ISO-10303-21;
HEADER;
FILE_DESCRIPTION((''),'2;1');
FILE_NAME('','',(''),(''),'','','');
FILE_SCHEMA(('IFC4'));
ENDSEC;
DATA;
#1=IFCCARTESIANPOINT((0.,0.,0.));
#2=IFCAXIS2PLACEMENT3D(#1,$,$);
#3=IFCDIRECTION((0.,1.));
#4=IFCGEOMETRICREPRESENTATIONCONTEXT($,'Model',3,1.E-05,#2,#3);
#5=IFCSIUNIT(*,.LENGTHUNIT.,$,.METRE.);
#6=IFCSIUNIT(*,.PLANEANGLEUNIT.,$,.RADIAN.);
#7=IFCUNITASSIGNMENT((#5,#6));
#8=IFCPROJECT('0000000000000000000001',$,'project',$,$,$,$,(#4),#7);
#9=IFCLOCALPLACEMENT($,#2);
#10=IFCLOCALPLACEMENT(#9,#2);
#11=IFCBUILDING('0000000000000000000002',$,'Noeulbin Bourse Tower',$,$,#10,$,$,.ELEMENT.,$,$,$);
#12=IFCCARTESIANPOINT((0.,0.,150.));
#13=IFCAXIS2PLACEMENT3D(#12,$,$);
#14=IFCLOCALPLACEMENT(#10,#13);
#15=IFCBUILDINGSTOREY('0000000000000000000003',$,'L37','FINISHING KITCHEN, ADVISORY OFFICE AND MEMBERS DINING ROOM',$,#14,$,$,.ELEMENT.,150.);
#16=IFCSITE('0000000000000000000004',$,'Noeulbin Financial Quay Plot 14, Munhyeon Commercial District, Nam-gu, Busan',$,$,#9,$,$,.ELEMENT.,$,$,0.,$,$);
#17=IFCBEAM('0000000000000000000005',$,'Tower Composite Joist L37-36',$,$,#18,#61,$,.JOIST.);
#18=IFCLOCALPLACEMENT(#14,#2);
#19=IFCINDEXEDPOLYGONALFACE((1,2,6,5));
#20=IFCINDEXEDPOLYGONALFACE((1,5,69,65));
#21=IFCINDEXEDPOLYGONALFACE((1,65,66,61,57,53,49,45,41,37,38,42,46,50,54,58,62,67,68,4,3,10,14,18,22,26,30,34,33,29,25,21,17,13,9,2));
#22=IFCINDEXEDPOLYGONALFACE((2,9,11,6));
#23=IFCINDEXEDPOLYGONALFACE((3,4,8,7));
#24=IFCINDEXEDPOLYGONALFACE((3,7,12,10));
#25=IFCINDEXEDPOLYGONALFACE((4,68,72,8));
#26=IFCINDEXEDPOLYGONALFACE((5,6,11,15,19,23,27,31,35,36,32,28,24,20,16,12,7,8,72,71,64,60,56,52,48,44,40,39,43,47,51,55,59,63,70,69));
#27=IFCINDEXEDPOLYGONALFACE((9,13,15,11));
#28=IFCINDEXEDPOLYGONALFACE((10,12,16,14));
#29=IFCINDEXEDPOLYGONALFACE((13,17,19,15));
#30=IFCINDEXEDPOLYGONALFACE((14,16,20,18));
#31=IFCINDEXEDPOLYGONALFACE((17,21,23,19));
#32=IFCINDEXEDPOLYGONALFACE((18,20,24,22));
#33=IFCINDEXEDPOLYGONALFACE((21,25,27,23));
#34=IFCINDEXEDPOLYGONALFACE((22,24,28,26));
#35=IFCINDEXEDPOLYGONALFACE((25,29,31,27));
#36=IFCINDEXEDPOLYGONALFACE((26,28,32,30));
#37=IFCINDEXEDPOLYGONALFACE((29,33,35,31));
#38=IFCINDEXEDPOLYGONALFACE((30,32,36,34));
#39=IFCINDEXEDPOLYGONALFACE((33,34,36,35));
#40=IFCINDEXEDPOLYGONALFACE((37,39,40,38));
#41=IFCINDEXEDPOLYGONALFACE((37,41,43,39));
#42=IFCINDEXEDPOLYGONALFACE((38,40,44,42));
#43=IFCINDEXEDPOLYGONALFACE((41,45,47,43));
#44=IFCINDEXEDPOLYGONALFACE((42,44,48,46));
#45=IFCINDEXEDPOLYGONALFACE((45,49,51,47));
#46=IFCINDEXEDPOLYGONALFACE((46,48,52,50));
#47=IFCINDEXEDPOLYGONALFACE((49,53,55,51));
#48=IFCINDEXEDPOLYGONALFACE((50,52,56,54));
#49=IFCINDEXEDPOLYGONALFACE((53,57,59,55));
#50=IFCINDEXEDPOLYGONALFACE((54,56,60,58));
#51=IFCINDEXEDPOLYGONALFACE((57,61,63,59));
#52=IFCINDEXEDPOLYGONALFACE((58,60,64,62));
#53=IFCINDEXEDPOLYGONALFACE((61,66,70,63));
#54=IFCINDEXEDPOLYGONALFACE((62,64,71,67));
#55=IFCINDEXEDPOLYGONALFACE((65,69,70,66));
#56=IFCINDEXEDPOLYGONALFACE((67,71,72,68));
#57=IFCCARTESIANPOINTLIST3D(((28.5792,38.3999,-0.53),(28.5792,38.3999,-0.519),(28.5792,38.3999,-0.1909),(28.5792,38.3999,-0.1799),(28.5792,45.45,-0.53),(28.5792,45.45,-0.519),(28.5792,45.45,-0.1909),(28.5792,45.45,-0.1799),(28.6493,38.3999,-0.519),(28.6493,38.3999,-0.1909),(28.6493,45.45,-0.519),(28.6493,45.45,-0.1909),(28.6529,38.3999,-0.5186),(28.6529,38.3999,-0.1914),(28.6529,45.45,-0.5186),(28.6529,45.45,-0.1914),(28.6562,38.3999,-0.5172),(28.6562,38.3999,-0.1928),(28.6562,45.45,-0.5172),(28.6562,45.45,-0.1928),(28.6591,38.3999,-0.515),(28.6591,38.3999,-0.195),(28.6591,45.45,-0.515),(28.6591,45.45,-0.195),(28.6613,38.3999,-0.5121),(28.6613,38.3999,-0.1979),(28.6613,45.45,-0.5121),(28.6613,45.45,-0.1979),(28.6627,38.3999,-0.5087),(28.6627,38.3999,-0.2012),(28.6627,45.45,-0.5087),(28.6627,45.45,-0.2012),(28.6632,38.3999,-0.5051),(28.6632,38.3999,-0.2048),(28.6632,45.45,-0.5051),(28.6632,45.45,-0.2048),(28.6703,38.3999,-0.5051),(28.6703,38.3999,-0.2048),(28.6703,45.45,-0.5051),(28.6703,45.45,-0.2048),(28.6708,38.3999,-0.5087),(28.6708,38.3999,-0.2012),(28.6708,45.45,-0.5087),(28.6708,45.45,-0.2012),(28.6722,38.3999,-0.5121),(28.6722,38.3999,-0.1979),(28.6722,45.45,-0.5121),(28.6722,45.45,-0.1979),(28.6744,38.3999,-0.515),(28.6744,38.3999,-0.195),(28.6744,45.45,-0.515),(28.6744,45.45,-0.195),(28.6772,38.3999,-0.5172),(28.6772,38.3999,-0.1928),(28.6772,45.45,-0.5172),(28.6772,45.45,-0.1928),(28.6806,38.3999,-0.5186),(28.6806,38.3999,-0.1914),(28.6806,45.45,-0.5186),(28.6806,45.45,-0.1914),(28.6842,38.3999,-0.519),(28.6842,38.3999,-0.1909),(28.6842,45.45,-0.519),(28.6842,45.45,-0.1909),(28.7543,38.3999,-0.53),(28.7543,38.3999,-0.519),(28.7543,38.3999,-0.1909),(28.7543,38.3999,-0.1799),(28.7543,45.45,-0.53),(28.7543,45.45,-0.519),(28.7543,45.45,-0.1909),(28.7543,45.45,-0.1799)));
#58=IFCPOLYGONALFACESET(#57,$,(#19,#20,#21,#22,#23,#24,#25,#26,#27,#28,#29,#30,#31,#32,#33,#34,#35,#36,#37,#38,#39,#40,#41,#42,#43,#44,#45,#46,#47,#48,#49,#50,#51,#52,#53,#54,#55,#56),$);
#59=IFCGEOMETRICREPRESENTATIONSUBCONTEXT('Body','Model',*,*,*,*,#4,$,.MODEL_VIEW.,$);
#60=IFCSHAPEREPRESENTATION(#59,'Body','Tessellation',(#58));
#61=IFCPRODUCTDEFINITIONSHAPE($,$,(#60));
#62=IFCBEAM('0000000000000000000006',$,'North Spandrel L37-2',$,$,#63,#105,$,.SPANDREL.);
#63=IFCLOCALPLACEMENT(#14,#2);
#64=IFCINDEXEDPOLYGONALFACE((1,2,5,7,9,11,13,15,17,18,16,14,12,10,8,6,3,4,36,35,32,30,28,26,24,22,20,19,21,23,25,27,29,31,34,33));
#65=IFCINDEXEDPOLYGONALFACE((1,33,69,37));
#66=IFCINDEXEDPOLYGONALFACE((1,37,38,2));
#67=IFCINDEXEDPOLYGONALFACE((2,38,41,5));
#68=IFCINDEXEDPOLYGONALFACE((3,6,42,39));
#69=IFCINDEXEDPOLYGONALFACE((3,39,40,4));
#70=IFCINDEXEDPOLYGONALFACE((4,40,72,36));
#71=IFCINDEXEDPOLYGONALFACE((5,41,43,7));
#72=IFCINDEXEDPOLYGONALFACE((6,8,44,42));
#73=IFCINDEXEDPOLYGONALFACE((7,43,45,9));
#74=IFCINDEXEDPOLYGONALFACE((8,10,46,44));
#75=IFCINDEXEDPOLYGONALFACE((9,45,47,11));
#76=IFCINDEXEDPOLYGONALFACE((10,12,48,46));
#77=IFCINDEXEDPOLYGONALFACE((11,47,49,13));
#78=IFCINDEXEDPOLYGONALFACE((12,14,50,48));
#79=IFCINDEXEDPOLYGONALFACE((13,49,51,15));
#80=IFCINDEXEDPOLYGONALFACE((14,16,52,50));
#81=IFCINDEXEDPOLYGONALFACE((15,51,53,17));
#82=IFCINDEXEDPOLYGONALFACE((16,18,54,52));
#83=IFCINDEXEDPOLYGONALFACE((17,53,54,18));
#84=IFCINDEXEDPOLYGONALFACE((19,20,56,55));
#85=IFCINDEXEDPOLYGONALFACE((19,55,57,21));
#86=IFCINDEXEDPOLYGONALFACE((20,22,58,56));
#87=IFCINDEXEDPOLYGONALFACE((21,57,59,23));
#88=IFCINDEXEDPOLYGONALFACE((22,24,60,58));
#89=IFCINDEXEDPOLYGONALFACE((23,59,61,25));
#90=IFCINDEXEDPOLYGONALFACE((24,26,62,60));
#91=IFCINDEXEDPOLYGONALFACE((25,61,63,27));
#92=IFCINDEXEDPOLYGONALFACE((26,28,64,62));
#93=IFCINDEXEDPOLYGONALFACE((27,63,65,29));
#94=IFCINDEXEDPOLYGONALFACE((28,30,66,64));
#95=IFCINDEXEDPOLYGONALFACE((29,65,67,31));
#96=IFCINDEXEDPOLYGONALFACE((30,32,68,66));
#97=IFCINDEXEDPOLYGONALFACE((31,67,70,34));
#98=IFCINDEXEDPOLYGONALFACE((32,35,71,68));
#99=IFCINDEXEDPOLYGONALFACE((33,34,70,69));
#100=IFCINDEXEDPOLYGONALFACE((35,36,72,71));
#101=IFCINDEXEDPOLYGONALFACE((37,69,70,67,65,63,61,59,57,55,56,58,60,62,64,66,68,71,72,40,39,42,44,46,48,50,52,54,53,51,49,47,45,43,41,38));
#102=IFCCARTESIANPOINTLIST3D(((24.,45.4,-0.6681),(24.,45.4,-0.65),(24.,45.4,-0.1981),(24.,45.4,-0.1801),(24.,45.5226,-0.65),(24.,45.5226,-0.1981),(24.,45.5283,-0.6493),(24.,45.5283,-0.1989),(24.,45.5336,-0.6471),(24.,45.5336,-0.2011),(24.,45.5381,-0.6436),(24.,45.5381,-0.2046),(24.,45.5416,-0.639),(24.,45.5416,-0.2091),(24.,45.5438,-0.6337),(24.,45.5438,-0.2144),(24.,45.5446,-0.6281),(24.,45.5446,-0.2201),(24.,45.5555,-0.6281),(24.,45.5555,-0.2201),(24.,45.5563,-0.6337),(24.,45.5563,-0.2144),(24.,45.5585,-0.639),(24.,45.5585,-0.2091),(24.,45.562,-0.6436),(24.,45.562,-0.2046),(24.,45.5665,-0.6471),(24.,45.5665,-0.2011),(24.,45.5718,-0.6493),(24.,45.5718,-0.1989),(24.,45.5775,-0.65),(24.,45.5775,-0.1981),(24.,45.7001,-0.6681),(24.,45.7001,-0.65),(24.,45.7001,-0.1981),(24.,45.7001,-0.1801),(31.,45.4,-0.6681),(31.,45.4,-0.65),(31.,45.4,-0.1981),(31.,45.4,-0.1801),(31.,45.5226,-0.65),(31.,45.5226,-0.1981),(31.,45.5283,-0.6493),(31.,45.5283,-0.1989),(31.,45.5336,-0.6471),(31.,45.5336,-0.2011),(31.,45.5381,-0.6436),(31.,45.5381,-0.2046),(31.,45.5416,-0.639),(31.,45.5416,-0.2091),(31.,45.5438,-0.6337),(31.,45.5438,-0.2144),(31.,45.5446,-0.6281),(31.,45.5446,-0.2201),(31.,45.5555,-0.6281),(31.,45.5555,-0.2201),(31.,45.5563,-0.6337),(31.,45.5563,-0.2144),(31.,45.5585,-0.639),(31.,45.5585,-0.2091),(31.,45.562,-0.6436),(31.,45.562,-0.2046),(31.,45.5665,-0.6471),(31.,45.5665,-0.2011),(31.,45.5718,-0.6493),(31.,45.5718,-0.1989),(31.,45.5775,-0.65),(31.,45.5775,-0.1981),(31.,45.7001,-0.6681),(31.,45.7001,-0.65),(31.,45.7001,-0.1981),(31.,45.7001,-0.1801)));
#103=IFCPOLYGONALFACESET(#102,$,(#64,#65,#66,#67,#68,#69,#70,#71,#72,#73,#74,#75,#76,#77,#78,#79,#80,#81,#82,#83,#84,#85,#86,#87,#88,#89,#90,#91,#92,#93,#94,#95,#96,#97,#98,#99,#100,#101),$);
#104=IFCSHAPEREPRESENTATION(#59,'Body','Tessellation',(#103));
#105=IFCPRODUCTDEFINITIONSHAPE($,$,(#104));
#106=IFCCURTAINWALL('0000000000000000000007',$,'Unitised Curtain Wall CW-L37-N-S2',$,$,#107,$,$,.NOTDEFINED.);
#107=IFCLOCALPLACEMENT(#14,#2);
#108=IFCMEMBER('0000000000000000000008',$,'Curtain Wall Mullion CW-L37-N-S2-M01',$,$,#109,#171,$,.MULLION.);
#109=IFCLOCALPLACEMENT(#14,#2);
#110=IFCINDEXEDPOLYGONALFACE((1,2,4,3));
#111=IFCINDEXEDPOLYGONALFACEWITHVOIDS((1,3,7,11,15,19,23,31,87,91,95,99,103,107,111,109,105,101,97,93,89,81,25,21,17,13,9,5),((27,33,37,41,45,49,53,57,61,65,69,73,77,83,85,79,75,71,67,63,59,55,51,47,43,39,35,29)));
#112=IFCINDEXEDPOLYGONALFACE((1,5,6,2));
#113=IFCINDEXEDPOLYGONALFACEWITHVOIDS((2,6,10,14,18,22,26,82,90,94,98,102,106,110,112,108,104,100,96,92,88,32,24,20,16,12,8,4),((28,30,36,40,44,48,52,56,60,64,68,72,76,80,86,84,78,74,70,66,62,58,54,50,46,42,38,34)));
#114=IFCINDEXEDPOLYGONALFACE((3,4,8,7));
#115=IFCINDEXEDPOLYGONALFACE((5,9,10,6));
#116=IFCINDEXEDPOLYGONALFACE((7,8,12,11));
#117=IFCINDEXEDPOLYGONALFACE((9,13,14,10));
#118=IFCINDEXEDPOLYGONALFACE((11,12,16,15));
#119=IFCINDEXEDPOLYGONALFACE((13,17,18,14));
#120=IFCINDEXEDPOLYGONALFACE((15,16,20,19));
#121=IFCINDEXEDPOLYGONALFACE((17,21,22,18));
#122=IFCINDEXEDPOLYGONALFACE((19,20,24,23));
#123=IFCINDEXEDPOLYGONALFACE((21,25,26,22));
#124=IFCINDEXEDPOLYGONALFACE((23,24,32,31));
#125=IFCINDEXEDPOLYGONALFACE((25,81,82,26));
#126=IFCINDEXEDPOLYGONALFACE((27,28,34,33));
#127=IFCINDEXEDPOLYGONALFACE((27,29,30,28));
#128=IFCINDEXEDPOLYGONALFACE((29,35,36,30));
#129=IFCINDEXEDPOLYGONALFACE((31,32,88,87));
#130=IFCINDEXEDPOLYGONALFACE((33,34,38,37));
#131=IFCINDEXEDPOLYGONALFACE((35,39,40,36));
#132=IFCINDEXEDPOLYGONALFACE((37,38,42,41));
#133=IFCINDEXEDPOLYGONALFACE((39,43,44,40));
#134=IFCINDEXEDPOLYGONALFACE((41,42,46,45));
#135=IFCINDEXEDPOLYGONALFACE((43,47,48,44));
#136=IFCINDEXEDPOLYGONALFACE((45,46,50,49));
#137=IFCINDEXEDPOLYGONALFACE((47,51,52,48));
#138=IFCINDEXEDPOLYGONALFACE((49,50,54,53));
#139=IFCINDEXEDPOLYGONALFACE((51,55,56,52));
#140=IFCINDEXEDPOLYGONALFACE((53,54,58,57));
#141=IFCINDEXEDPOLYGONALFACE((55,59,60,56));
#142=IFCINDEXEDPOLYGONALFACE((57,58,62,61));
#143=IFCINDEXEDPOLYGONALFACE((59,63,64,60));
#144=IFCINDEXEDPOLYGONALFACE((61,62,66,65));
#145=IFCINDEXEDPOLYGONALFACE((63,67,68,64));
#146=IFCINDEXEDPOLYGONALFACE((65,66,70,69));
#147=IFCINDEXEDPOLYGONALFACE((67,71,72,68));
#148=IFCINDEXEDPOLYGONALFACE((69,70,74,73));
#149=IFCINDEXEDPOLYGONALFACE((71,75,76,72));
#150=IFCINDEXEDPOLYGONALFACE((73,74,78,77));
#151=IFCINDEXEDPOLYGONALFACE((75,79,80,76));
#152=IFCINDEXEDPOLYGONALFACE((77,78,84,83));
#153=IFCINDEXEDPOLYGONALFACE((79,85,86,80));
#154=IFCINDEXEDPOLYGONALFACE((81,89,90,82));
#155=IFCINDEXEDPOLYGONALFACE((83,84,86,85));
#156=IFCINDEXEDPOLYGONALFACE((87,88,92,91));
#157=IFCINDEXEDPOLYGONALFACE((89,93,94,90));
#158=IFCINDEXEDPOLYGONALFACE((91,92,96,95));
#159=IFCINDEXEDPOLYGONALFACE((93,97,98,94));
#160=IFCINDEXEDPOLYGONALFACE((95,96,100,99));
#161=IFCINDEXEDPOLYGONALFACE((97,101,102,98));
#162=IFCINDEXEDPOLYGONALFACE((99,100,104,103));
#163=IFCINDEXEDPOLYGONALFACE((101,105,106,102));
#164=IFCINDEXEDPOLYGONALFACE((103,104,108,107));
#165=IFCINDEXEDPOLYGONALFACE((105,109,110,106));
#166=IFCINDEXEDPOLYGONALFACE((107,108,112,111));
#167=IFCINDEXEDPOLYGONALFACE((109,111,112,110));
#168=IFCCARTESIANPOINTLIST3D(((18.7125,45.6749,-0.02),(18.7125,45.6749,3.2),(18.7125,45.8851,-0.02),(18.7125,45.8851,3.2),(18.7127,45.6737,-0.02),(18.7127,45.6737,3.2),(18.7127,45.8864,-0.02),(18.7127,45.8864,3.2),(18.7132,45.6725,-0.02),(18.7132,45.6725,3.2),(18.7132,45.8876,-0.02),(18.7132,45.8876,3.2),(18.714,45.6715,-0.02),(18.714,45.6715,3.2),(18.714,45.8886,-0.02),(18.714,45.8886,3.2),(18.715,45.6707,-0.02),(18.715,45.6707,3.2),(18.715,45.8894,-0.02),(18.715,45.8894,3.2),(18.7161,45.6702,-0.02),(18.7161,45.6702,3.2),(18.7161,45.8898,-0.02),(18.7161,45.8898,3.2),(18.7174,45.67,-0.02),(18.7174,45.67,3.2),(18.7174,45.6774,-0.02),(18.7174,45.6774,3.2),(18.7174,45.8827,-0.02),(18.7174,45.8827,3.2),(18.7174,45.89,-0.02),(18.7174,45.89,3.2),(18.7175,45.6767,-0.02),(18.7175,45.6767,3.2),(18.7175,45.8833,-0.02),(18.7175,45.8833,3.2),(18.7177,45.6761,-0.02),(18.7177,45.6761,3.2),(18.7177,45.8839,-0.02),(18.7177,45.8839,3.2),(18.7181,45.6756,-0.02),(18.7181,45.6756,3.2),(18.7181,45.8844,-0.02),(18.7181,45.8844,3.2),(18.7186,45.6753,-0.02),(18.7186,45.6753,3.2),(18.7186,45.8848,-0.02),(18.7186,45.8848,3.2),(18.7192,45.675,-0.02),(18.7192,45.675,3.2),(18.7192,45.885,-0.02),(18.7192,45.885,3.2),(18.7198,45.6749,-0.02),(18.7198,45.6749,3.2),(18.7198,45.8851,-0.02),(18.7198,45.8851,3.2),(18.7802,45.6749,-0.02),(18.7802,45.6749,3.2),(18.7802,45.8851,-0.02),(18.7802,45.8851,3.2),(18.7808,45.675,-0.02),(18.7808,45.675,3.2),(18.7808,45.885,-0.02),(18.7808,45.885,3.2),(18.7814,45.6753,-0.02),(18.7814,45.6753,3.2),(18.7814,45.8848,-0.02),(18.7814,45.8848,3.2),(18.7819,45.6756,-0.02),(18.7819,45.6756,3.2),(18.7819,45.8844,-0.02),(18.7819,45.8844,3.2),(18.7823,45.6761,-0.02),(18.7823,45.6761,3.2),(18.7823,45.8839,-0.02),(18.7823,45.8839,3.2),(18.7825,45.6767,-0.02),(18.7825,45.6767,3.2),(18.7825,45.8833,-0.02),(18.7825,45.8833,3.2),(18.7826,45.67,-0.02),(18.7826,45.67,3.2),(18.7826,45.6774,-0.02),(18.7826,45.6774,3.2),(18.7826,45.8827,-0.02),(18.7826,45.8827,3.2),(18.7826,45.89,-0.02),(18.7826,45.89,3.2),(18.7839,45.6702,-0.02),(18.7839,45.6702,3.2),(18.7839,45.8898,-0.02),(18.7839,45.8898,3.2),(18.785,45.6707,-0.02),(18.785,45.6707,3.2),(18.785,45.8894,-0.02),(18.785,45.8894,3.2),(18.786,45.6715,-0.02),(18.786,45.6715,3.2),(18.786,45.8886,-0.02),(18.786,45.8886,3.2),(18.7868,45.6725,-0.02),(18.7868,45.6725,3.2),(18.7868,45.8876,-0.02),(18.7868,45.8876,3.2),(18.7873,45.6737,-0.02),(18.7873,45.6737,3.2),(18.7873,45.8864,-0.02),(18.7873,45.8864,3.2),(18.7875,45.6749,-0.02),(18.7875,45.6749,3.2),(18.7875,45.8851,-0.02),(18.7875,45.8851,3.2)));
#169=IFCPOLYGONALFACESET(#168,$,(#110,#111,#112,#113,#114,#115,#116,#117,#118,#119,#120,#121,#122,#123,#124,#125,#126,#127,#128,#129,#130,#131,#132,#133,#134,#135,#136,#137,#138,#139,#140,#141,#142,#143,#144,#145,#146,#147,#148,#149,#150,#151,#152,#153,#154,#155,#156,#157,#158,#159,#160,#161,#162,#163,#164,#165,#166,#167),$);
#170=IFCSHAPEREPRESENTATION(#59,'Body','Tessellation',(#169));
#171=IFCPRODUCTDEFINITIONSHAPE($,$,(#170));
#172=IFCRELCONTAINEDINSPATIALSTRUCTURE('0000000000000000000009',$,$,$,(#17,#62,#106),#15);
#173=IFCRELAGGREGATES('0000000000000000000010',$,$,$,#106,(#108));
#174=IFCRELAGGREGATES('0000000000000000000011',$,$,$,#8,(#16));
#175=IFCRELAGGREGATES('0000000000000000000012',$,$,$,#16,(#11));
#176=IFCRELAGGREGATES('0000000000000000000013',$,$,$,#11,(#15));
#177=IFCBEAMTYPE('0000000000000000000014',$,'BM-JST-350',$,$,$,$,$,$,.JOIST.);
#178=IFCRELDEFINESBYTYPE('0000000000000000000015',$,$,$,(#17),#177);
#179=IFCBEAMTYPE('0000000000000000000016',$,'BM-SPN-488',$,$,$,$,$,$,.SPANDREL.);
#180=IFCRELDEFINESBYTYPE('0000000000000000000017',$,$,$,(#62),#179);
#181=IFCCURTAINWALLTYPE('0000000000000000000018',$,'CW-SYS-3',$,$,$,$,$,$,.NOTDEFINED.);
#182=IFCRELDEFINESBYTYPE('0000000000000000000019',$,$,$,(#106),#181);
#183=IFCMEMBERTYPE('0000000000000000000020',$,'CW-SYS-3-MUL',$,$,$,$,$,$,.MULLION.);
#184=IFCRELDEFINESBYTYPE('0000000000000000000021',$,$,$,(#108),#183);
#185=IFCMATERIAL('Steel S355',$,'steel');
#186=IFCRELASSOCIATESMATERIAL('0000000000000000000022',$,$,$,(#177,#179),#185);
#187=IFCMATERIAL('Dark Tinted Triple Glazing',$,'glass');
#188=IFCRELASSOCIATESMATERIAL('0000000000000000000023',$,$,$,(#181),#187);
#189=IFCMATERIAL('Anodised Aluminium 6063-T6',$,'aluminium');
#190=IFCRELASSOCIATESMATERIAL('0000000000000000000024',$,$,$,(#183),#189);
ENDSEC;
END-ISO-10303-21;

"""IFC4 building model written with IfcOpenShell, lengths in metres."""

from ifc_helpers import new_model, si_unit, direction, frame, origin, origin_2d, place, context, subcontext, project, spatial, hollow_rectangle, i_section, extrude, material, material_profile, profile_set, type_object, element, aggregate, save


model = new_model("IFC4")

# Units and contexts
model_context = context("Model", 3, precision=1e-05, world=origin(), true_north=direction((0.0, 1.0)))
body_context = subcontext(model_context, "Body", "Model", "MODEL_VIEW")
ifc_project = project(units=[si_unit("LENGTHUNIT", "METRE"), si_unit("PLANEANGLEUNIT", "RADIAN")], contexts=[model_context])

# Site, building, storey
site_placement = place(None, origin())
site = spatial("IfcSite", under=ifc_project, at=site_placement, Name="Noeulbin Financial Quay Plot 14, Munhyeon Commercial District, Nam-gu, Busan", CompositionType="ELEMENT", RefElevation=0.0)
building_placement = place(site_placement, origin())
building = spatial("IfcBuilding", under=site, at=building_placement, Name="Noeulbin Bourse Tower", CompositionType="ELEMENT")
storey_placement = place(building_placement, frame((0.0, 0.0, 150.0)))
storey = spatial("IfcBuildingStorey", under=building, at=storey_placement, Name="L37", Description="FINISHING KITCHEN, ADVISORY OFFICE AND MEMBERS DINING ROOM", CompositionType="ELEMENT", Elevation=150.0)

# Shared definitions
ifc_material_1 = material(Name="Steel S355", Category="steel")

# Beams
ifc_material_profile_1 = material_profile(ifc_material_1, i_section(OverallWidth=0.175, OverallDepth=0.3501, WebThickness=0.0071, FlangeThickness=0.011, FilletRadius=0.0139, at=origin_2d()), Name="H-350x175x7x11", Category="LoadBearing")
ifc_profile_set_1 = profile_set([ifc_material_profile_1], Name="Steel S355")
beam_type_1 = type_object("IfcBeamType", Name="BM-JST-350", PredefinedType="JOIST", material=ifc_profile_set_1)
for number, where, z_axis, x_axis, name in (
    (1, (28.6667, 38.3999, -0.355), (0.0, 1.0, 0.0), (-1.0, 0.0, 0.0), "Tower Composite Joist L37-36"),
):
    element("IfcBeam", number, at=place(storey_placement, frame(where, z_axis=z_axis, x_axis=x_axis)), inside=storey, type_object=beam_type_1, Name=name, PredefinedType="JOIST", context=body_context, shape_type="SweptSolid", body=[
        extrude(i_section(OverallWidth=0.175, OverallDepth=0.3501, WebThickness=0.0071, FlangeThickness=0.011, FilletRadius=0.0139, at=origin_2d()), origin(), (0.0, 0.0, 1.0), 7.05),
    ])
ifc_material_profile_2 = material_profile(ifc_material_1, i_section(OverallWidth=0.3, OverallDepth=0.488, WebThickness=0.011, FlangeThickness=0.0181, FilletRadius=0.022, at=origin_2d()), Name="H-488x300x11x18", Category="LoadBearing")
ifc_profile_set_2 = profile_set([ifc_material_profile_2], Name="Steel S355")
beam_type_2 = type_object("IfcBeamType", Name="BM-SPN-488", PredefinedType="SPANDREL", material=ifc_profile_set_2)
beam_placement = place(storey_placement, frame((24.0, 45.55, -0.4241), z_axis=(1.0, 0.0, 0.0), x_axis=(0.0, 1.0, 0.0)))
element("IfcBeam", 2, at=beam_placement, inside=storey, type_object=beam_type_2, Name="North Spandrel L37-2", PredefinedType="SPANDREL", context=body_context, shape_type="SweptSolid", body=[
    extrude(i_section(OverallWidth=0.3, OverallDepth=0.488, WebThickness=0.011, FlangeThickness=0.0181, FilletRadius=0.022, at=origin_2d()), origin(), (0.0, 0.0, 1.0), 7.0),
])

# Curtain wall, member
ifc_material_2 = material(Name="Dark Tinted Triple Glazing", Category="glass")
curtain_wall_type = type_object("IfcCurtainWallType", Name="CW-SYS-3", PredefinedType="NOTDEFINED", material=ifc_material_2)
curtain_wall_1_placement = place(storey_placement, origin())
curtain_wall_1 = element("IfcCurtainWall", 3, at=curtain_wall_1_placement, inside=storey, type_object=curtain_wall_type, Name="Unitised Curtain Wall CW-L37-N-S2", PredefinedType="NOTDEFINED")
ifc_material_3 = material(Name="Anodised Aluminium 6063-T6", Category="aluminium")
ifc_material_profile_3 = material_profile(ifc_material_3, hollow_rectangle(XDim=0.075, YDim=0.22, WallThickness=0.0049, InnerFilletRadius=0.0024, OuterFilletRadius=0.0049, at=origin_2d()), Name="ALU-MULL-75x220x5", Category="LoadBearing")
ifc_profile_set_3 = profile_set([ifc_material_profile_3], Name="Anodised Aluminium 6063-T6")
member_type_1 = type_object("IfcMemberType", Name="CW-SYS-3-MUL", PredefinedType="MULLION", material=ifc_profile_set_3)
member_1_placement = place(storey_placement, frame((18.75, 45.78, -0.02), z_axis=(0.0, 0.0, 1.0), x_axis=(1.0, 0.0, 0.0)))
member_1 = element("IfcMember", 4, at=member_1_placement, type_object=member_type_1, Name="Curtain Wall Mullion CW-L37-N-S2-M01", PredefinedType="MULLION", context=body_context, shape_type="SweptSolid", body=[
    extrude(hollow_rectangle(XDim=0.075, YDim=0.22, WallThickness=0.0049, InnerFilletRadius=0.0024, OuterFilletRadius=0.0049, at=origin_2d()), origin(), (0.0, 0.0, 1.0), 3.22),
])

aggregate(curtain_wall_1, [member_1])

save(model, "model.ifc")
